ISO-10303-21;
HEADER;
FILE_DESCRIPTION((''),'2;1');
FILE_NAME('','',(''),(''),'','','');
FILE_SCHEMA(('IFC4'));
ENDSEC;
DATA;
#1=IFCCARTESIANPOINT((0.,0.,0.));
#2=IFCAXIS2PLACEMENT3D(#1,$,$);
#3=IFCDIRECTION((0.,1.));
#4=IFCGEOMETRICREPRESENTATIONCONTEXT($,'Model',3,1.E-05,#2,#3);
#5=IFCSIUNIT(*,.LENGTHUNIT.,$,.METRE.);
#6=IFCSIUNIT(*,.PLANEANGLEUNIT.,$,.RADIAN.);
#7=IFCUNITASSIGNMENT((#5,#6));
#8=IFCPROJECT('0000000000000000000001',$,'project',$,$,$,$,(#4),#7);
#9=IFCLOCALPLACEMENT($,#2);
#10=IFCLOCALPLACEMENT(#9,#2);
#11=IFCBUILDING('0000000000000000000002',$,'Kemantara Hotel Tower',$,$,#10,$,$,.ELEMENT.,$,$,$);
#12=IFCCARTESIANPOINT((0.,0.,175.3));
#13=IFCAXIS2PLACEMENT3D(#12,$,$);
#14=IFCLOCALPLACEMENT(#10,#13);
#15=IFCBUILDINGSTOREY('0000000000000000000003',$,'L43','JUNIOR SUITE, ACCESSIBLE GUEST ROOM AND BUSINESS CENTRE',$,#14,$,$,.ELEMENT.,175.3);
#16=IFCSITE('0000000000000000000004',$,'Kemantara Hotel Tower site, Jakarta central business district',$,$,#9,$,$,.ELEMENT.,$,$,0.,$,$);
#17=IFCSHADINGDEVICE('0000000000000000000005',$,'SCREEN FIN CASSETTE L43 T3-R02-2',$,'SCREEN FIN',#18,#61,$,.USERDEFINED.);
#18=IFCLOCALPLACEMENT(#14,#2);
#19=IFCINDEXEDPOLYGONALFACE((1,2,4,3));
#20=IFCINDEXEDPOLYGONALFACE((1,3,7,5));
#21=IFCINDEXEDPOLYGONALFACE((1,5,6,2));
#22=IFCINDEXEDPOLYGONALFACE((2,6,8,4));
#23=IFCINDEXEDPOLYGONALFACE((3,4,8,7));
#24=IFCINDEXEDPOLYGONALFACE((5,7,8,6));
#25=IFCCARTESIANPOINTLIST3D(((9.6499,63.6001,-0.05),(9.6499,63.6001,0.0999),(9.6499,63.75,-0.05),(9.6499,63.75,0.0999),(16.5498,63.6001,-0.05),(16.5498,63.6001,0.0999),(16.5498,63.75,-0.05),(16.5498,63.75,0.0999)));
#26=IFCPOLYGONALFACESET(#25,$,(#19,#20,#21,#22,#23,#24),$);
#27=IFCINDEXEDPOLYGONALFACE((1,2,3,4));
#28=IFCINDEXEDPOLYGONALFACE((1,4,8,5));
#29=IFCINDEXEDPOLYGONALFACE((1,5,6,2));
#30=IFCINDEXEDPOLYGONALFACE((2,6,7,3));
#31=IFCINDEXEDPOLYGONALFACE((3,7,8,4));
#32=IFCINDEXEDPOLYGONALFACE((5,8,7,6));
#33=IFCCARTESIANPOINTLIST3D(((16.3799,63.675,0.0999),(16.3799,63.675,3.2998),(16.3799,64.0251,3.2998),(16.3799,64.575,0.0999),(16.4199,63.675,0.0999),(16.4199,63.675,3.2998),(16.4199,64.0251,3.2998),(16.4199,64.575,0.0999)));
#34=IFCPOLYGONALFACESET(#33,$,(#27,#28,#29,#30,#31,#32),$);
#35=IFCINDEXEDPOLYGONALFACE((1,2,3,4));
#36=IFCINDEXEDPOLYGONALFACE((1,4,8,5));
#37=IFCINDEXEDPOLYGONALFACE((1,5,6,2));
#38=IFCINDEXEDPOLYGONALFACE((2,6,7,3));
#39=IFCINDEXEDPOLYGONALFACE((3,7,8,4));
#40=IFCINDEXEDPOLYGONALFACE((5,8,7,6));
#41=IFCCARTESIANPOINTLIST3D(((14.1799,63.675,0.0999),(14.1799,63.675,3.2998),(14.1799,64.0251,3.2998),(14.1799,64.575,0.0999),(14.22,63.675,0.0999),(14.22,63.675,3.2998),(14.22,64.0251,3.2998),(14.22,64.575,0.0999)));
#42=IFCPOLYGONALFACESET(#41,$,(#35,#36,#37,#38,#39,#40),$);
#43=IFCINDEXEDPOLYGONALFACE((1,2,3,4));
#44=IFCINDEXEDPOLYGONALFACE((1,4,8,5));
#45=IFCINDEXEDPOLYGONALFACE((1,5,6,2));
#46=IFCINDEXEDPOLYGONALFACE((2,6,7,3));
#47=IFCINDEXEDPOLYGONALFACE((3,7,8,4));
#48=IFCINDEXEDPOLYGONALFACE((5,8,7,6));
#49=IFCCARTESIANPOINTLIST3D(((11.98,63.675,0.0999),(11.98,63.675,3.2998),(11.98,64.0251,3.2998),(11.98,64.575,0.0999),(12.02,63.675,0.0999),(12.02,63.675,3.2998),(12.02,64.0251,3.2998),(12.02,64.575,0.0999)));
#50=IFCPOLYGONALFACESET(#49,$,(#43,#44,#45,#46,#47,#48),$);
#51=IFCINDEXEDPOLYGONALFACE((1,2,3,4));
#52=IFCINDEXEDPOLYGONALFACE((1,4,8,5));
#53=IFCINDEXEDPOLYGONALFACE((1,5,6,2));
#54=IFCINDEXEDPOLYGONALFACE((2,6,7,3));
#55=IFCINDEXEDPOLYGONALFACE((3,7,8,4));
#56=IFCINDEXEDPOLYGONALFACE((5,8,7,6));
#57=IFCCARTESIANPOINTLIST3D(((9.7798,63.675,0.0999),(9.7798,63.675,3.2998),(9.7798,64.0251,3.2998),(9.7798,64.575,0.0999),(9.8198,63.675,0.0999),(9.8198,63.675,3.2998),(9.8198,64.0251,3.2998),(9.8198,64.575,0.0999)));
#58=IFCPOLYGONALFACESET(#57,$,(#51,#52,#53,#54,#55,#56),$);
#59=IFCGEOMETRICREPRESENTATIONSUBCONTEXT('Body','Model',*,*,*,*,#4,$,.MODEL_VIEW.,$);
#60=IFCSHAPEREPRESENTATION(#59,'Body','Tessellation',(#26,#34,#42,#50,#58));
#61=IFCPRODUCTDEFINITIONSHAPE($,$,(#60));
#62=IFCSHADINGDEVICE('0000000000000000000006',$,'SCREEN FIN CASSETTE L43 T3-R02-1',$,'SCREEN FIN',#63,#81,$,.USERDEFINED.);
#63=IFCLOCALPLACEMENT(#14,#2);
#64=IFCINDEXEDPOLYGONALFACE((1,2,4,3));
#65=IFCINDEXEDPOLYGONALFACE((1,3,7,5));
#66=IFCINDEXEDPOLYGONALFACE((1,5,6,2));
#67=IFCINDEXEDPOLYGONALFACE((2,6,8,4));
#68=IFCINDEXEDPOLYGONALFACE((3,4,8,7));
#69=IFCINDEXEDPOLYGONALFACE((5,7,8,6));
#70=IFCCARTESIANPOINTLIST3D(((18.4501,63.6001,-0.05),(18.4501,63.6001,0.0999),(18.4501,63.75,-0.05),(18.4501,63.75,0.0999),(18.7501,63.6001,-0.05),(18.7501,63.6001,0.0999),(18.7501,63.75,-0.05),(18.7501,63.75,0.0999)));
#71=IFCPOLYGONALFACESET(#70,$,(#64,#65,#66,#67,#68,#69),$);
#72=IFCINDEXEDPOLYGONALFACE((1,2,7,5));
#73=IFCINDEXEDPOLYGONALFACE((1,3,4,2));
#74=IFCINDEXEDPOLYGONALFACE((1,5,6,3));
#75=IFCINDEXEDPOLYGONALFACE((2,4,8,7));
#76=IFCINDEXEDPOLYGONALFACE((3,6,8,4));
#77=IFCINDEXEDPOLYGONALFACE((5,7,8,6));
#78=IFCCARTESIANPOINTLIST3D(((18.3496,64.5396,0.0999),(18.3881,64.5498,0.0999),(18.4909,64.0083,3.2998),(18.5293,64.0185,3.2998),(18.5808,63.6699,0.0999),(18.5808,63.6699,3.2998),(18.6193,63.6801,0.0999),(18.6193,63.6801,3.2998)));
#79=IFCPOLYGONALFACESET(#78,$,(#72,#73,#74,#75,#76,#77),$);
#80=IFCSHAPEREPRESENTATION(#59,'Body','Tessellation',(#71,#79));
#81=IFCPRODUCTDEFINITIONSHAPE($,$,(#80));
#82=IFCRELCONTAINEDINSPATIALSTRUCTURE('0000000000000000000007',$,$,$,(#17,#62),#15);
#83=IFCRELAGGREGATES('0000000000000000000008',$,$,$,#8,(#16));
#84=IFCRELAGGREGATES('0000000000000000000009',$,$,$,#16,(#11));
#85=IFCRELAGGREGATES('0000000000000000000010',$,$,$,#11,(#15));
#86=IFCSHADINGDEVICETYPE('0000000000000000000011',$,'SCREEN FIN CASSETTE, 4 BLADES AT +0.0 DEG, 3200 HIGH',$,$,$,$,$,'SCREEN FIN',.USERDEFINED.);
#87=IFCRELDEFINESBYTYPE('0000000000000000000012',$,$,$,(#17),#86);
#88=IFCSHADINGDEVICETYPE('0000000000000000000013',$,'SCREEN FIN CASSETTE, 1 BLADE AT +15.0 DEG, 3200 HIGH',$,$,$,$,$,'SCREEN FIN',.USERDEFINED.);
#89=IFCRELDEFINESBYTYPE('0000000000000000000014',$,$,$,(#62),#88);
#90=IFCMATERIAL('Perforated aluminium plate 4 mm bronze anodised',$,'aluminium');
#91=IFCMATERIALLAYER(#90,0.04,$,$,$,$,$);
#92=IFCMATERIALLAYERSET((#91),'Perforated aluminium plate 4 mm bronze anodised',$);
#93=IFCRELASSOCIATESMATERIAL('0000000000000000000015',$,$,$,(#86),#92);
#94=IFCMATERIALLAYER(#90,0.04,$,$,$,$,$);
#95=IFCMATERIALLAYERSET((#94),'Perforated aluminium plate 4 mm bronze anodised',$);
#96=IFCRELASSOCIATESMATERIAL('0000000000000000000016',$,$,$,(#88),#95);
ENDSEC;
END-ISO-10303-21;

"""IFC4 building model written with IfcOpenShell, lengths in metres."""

from ifc_helpers import new_model, si_unit, direction, frame, origin, origin_2d, place, context, subcontext, project, spatial, polyline, rectangle, outline, extrude, source, transform, mapped, material, layer, layer_set, type_object, element, save


model = new_model("IFC4")

# Units and contexts
model_context = context("Model", 3, precision=1e-05, world=origin(), true_north=direction((0.0, 1.0)))
body_context = subcontext(model_context, "Body", "Model", "MODEL_VIEW")
ifc_project = project(units=[si_unit("LENGTHUNIT", "METRE"), si_unit("PLANEANGLEUNIT", "RADIAN")], contexts=[model_context])

# Site, building, storey
site_placement = place(None, origin())
site = spatial("IfcSite", under=ifc_project, at=site_placement, Name="Kemantara Hotel Tower site, Jakarta central business district", CompositionType="ELEMENT", RefElevation=0.0)
building_placement = place(site_placement, origin())
building = spatial("IfcBuilding", under=site, at=building_placement, Name="Kemantara Hotel Tower", CompositionType="ELEMENT")
storey_placement = place(building_placement, frame((0.0, 0.0, 175.3)))
storey = spatial("IfcBuildingStorey", under=building, at=storey_placement, Name="L43", Description="JUNIOR SUITE, ACCESSIBLE GUEST ROOM AND BUSINESS CENTRE", CompositionType="ELEMENT", Elevation=175.3)

# Shading devices
ifc_material_1 = material(Name="Perforated aluminium plate 4 mm bronze anodised", Category="aluminium")
ifc_layer_1 = layer(ifc_material_1, 0.04)
ifc_layer_set_1 = layer_set([ifc_layer_1], Name="Perforated aluminium plate 4 mm bronze anodised")
shading_device_type_1 = type_object("IfcShadingDeviceType", Name="SCREEN FIN CASSETTE, 4 BLADES AT +0.0 DEG, 3200 HIGH", ElementType="SCREEN FIN", PredefinedType="USERDEFINED", material=ifc_layer_set_1)
shared_shape_1 = source(origin(), body_context, "Body", "SweptSolid", [
    extrude(rectangle(XDim=6.8999, YDim=0.1499, at=origin_2d()), frame((3.3, -0.075, -0.1499), z_axis=(0.0, 0.0, 1.0), x_axis=(1.0, 0.0, 0.0)), (0.0, 0.0, 1.0), 0.1499),
    extrude(outline(polyline([(0.0, 0.0), (0.8999, 0.0), (0.3501, 3.2), (0.0, 3.2), (0.0, 0.0)])), frame((0.02, -0.075, 0.0), z_axis=(-1.0, 0.0, 0.0), x_axis=(0.0, -1.0, 0.0)), (0.0, 0.0, 1.0), 0.04),
    extrude(outline(polyline([(0.0, 0.0), (0.8999, 0.0), (0.3501, 3.2), (0.0, 3.2), (0.0, 0.0)])), frame((2.22, -0.075, 0.0), z_axis=(-1.0, 0.0, 0.0), x_axis=(0.0, -1.0, 0.0)), (0.0, 0.0, 1.0), 0.04),
    extrude(outline(polyline([(0.0, 0.0), (0.8999, 0.0), (0.3501, 3.2), (0.0, 3.2), (0.0, 0.0)])), frame((4.4199, -0.075, 0.0), z_axis=(-1.0, 0.0, 0.0), x_axis=(0.0, -1.0, 0.0)), (0.0, 0.0, 1.0), 0.04),
    extrude(outline(polyline([(0.0, 0.0), (0.8999, 0.0), (0.3501, 3.2), (0.0, 3.2), (0.0, 0.0)])), frame((6.6201, -0.075, 0.0), z_axis=(-1.0, 0.0, 0.0), x_axis=(0.0, -1.0, 0.0)), (0.0, 0.0, 1.0), 0.04),
])
shading_device_1_placement = place(storey_placement, frame((16.3999, 63.6001, 0.0999), z_axis=(0.0, 0.0, 1.0), x_axis=(-1.0, 0.0, 0.0)))
element("IfcShadingDevice", 1, at=shading_device_1_placement, inside=storey, type_object=shading_device_type_1, Name="SCREEN FIN CASSETTE L43 T3-R02-2", ObjectType="SCREEN FIN", PredefinedType="USERDEFINED", context=body_context, shape_type="MappedRepresentation", body=[
    mapped(shared_shape_1, transform((0.0, 0.0, 0.0))),
])
ifc_layer_2 = layer(ifc_material_1, 0.04)
ifc_layer_set_2 = layer_set([ifc_layer_2], Name="Perforated aluminium plate 4 mm bronze anodised")
shading_device_type_2 = type_object("IfcShadingDeviceType", Name="SCREEN FIN CASSETTE, 1 BLADE AT +15.0 DEG, 3200 HIGH", ElementType="SCREEN FIN", PredefinedType="USERDEFINED", material=ifc_layer_set_2)
shared_shape_2 = source(origin(), body_context, "Body", "SweptSolid", [
    extrude(rectangle(XDim=0.3, YDim=0.1499, at=origin_2d()), frame((0.0, -0.075, -0.1499), z_axis=(0.0, 0.0, 1.0), x_axis=(1.0, 0.0, 0.0)), (0.0, 0.0, 1.0), 0.1499),
    extrude(outline(polyline([(0.0, 0.0), (0.8999, 0.0), (0.3501, 3.2), (0.0, 3.2), (0.0, 0.0)])), frame((0.0193, -0.0698, 0.0), z_axis=(-0.966438, -0.256901, 0.0), x_axis=(0.256901, -0.966438, 0.0)), (0.0, 0.0, 1.0), 0.0398),
])
shading_device_2_placement = place(storey_placement, frame((18.6001, 63.6001, 0.0999), z_axis=(0.0, 0.0, 1.0), x_axis=(-1.0, 0.0, 0.0)))
element("IfcShadingDevice", 2, at=shading_device_2_placement, inside=storey, type_object=shading_device_type_2, Name="SCREEN FIN CASSETTE L43 T3-R02-1", ObjectType="SCREEN FIN", PredefinedType="USERDEFINED", context=body_context, shape_type="MappedRepresentation", body=[
    mapped(shared_shape_2, transform((0.0, 0.0, 0.0))),
])

save(model, "model.ifc")
